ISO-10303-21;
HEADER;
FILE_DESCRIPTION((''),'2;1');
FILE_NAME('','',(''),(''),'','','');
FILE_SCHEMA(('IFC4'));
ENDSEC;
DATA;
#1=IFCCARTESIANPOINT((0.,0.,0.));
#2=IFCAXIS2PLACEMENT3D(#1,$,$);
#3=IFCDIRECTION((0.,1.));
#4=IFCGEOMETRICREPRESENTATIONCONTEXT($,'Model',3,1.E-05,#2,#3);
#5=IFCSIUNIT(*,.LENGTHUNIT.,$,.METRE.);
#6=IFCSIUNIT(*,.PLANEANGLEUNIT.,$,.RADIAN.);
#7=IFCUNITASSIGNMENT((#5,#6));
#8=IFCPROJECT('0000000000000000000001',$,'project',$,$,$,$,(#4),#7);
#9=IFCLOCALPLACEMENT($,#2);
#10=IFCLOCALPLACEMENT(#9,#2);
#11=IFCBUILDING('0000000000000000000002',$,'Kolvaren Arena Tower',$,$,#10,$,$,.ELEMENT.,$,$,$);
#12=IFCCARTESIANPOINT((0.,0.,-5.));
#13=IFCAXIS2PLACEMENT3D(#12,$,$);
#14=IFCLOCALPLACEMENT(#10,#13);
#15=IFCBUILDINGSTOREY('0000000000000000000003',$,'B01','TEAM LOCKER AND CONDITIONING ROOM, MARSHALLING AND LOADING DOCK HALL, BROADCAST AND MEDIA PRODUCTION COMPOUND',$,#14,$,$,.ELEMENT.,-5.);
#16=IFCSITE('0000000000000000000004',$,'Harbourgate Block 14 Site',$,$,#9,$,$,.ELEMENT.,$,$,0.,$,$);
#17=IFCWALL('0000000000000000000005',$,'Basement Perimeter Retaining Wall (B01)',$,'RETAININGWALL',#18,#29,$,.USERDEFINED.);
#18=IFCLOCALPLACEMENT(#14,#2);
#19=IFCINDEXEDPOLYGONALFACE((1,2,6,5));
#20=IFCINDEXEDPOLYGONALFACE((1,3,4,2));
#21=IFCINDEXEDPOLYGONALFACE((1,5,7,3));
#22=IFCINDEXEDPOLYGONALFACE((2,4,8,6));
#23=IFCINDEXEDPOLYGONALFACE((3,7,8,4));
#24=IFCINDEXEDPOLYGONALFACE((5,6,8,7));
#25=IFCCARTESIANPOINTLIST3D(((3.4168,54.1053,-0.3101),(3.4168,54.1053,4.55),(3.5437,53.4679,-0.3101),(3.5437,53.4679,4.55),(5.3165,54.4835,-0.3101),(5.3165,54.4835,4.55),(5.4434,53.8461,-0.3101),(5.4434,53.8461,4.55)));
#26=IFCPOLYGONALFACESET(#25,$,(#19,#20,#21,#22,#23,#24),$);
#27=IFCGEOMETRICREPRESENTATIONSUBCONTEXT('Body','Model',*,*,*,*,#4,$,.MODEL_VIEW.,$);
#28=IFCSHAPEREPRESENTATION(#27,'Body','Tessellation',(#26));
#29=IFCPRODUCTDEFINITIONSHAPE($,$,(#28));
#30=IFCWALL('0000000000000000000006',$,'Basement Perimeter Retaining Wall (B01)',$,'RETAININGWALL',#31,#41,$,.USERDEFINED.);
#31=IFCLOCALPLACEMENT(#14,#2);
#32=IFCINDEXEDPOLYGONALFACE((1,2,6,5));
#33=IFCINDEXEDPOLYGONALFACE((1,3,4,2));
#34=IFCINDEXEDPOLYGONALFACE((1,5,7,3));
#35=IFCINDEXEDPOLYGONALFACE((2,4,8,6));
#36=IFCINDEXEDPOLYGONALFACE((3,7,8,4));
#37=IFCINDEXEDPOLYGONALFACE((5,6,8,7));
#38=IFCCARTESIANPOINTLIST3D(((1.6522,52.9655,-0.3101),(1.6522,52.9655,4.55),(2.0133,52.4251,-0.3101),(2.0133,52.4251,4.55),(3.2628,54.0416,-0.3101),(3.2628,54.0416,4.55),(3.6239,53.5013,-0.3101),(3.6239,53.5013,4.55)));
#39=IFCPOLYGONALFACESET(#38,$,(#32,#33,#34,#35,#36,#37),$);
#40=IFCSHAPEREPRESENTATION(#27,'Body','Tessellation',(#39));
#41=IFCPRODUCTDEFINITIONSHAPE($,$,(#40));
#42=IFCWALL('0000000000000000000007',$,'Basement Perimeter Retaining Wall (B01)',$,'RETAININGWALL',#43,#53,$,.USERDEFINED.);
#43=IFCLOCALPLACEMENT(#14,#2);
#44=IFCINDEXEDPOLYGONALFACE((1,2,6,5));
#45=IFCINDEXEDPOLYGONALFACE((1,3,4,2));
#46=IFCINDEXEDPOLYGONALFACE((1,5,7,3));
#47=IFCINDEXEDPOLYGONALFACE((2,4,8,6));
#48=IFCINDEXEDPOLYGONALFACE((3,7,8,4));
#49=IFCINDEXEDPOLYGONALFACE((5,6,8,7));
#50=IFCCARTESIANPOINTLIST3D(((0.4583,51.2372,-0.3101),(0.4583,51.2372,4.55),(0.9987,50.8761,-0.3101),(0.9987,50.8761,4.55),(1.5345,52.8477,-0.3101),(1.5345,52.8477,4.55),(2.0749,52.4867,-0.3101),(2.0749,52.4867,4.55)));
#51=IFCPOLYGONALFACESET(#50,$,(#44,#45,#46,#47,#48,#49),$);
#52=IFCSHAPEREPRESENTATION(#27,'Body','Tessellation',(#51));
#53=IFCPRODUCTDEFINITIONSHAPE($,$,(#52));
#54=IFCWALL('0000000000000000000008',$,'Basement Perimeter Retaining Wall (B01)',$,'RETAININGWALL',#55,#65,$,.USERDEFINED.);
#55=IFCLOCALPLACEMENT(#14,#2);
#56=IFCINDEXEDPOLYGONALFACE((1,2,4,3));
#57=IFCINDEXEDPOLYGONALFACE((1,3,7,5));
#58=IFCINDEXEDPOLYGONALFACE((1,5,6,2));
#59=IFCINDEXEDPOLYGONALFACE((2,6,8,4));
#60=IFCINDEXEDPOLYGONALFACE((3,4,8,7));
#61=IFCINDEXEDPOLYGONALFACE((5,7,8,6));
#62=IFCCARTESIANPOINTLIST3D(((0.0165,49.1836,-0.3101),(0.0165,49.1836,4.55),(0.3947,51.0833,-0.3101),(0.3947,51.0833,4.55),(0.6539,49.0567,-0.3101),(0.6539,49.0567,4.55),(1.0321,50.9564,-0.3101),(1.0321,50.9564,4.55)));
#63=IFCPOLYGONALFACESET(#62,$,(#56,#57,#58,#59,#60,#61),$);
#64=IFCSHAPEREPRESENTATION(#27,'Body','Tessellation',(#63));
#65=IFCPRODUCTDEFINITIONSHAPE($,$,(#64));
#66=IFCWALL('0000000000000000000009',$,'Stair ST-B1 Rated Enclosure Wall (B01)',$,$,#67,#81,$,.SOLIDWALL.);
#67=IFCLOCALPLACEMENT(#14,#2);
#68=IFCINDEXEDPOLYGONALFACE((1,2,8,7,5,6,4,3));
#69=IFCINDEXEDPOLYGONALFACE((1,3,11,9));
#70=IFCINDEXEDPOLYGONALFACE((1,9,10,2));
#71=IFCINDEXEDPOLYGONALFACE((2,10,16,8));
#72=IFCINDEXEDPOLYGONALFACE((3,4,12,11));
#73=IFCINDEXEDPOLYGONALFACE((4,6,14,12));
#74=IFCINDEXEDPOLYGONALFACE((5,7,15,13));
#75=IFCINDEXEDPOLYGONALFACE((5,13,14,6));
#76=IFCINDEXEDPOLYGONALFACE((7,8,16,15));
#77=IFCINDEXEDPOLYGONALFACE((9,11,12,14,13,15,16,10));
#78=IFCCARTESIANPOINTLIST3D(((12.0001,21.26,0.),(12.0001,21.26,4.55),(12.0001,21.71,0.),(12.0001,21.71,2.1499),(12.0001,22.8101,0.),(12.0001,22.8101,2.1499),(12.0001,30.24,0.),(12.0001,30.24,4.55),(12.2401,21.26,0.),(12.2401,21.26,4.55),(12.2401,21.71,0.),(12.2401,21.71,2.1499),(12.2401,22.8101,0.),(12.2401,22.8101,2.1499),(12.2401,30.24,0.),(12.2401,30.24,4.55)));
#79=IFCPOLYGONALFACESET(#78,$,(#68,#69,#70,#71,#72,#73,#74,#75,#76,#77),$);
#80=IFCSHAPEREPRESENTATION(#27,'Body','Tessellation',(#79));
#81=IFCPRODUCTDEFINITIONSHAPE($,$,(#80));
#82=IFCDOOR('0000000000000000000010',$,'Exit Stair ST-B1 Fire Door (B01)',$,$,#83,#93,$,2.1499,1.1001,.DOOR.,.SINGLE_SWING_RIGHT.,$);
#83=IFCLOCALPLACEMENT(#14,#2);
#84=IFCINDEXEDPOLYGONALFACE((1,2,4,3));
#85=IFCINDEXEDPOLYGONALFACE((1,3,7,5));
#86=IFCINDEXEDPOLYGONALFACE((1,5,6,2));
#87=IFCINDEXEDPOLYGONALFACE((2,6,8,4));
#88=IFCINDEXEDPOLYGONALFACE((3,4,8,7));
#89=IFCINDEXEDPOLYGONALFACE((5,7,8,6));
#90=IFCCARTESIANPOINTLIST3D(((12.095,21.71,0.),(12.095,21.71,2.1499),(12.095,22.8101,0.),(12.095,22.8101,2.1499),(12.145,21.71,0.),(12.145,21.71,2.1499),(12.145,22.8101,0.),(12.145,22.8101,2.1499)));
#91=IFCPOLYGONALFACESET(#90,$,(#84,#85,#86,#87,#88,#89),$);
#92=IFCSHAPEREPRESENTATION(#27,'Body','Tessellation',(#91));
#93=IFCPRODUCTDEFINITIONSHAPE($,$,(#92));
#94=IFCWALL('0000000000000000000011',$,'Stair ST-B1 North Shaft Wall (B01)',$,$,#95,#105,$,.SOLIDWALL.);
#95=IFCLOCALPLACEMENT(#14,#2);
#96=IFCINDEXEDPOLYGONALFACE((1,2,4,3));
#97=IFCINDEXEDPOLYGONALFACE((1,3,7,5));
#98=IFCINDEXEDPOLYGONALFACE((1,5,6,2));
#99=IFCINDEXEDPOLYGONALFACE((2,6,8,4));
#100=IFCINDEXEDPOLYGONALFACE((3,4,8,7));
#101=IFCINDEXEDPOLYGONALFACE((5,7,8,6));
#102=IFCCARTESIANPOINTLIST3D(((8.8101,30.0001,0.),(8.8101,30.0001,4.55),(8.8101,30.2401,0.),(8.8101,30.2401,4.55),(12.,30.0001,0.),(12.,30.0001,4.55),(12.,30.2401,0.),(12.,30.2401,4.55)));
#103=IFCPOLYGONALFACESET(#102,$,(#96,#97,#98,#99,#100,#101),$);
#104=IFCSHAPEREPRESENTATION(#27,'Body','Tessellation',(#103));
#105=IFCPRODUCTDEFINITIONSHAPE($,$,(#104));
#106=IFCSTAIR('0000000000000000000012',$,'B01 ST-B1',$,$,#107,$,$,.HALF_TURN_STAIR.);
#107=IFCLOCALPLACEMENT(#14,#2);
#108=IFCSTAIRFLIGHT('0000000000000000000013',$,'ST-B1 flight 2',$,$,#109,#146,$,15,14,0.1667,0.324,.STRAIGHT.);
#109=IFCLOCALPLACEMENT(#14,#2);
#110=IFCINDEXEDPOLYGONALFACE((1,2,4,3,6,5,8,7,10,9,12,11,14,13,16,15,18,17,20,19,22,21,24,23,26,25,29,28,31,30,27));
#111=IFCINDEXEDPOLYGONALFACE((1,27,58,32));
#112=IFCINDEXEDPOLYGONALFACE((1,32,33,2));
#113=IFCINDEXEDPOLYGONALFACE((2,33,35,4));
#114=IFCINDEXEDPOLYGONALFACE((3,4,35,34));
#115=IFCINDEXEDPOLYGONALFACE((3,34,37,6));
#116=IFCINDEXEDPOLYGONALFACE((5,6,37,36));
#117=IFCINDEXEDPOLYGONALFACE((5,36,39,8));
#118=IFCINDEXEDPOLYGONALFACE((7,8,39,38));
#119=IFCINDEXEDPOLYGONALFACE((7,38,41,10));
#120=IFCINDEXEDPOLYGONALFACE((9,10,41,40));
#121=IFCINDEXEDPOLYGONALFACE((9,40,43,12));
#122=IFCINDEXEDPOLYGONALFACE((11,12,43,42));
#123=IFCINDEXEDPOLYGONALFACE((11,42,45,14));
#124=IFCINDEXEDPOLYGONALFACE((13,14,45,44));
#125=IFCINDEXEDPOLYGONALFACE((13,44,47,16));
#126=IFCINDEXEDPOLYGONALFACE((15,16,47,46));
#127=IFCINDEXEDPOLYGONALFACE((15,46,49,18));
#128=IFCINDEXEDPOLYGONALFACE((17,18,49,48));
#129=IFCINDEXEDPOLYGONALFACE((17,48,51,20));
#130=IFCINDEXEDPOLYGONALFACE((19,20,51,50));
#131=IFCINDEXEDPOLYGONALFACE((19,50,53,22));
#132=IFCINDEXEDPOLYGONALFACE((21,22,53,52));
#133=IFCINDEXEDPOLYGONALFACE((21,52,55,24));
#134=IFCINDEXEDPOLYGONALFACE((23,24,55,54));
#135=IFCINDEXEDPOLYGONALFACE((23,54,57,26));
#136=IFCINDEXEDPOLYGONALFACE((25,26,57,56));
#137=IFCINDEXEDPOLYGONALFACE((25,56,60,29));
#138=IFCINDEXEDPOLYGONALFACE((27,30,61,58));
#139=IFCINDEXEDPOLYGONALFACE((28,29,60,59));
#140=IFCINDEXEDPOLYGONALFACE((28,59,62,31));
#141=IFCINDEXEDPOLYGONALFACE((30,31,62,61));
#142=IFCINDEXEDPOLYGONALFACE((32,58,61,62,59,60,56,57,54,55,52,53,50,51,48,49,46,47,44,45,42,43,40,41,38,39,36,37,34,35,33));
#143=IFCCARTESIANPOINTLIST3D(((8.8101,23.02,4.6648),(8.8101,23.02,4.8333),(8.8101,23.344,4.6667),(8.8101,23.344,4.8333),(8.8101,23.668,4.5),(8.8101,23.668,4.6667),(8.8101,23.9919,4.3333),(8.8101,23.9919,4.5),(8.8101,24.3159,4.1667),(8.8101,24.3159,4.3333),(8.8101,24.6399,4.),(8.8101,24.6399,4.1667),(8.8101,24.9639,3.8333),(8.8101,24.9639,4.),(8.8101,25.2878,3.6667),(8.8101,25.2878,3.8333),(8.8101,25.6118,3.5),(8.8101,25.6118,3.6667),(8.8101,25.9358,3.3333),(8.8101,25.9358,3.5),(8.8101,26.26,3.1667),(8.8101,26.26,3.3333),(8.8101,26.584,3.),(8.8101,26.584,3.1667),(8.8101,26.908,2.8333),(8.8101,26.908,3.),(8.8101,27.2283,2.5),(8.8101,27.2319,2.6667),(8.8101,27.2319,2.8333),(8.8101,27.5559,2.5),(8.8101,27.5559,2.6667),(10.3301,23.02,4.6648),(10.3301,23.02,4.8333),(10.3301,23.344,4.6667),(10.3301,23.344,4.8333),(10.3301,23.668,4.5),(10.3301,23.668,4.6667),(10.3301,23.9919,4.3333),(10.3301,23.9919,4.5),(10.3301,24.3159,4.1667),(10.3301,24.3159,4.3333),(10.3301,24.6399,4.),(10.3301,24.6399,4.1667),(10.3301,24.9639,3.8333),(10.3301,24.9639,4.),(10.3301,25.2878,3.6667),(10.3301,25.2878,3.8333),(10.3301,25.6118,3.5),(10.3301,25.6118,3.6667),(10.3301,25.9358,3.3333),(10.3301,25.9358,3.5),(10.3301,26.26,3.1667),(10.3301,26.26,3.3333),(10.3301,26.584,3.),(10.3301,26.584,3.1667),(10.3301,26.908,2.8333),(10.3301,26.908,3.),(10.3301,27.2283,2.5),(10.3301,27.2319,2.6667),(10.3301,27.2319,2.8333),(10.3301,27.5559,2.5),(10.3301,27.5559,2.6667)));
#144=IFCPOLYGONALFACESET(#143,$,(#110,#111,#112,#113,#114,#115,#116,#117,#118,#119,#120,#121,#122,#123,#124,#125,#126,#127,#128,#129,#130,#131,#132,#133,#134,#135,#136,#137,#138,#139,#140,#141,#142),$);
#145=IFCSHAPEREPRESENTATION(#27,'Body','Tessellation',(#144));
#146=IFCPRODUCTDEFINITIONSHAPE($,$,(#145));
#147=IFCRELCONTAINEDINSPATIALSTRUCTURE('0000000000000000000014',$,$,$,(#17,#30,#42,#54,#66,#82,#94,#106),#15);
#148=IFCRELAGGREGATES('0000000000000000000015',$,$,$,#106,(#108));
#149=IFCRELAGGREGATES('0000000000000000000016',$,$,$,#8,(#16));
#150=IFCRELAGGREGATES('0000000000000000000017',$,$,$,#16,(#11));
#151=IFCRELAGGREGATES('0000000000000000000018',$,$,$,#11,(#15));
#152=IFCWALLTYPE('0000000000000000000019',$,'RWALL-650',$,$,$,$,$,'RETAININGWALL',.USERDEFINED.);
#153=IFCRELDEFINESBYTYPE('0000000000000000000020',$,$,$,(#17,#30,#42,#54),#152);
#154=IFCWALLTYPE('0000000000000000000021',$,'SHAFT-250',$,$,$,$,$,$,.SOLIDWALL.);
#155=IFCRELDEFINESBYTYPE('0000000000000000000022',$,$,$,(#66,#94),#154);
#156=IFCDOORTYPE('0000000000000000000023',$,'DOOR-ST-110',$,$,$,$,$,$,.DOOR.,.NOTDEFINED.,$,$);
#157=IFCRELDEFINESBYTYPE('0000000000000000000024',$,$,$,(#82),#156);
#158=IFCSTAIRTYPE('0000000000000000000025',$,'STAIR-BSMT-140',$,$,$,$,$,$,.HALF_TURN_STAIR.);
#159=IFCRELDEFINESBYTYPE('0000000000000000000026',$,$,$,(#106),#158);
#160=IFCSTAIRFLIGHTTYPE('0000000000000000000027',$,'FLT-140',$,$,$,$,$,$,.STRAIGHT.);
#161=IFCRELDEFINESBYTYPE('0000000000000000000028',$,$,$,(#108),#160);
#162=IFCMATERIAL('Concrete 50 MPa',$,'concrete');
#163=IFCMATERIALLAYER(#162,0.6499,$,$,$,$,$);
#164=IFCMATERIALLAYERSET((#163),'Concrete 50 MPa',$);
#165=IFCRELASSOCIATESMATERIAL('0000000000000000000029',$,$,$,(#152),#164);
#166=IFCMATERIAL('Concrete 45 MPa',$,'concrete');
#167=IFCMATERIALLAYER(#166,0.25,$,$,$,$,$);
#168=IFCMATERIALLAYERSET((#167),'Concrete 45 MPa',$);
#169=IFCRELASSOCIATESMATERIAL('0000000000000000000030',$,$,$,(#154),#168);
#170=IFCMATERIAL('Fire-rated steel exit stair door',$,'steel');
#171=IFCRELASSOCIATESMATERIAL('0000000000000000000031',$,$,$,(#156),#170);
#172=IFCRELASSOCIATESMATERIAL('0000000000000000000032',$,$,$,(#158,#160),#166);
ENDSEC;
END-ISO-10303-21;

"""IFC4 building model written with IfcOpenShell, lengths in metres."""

from ifc_helpers import new_model, si_unit, direction, frame, frame_2d, origin, place, context, subcontext, project, spatial, polyline, rectangle, outline, extrude, material, layer, layer_set, type_object, element, fill, aggregate, save


model = new_model("IFC4")

# Units and contexts
model_context = context("Model", 3, precision=1e-05, world=origin(), true_north=direction((0.0, 1.0)))
body_context = subcontext(model_context, "Body", "Model", "MODEL_VIEW")
ifc_project = project(units=[si_unit("LENGTHUNIT", "METRE"), si_unit("PLANEANGLEUNIT", "RADIAN")], contexts=[model_context])

# Site, building, storey
site_placement = place(None, origin())
site = spatial("IfcSite", under=ifc_project, at=site_placement, Name="Harbourgate Block 14 Site", CompositionType="ELEMENT", RefElevation=0.0)
building_placement = place(site_placement, origin())
building = spatial("IfcBuilding", under=site, at=building_placement, Name="Kolvaren Arena Tower", CompositionType="ELEMENT")
storey_placement = place(building_placement, frame((0.0, 0.0, -5.0)))
storey = spatial("IfcBuildingStorey", under=building, at=storey_placement, Name="B01", Description="TEAM LOCKER AND CONDITIONING ROOM, MARSHALLING AND LOADING DOCK HALL, BROADCAST AND MEDIA PRODUCTION COMPOUND", CompositionType="ELEMENT", Elevation=-5.0)

# Walls
ifc_material_1 = material(Name="Concrete 50 MPa", Category="concrete")
ifc_layer_1 = layer(ifc_material_1, 0.6499)
ifc_layer_set_1 = layer_set([ifc_layer_1], Name="Concrete 50 MPa")
wall_type_1 = type_object("IfcWallType", Name="RWALL-650", ElementType="RETAININGWALL", PredefinedType="USERDEFINED", material=ifc_layer_set_1)
for number, where, z_axis, x_axis, name in (
    (1, (3.4802, 53.7866, -0.3101), (0.0, 0.0, 1.0), (0.980755, 0.195243, 0.0), "Basement Perimeter Retaining Wall (B01)"),
    (2, (1.8328, 52.6953, -0.3101), (0.0, 0.0, 1.0), (0.831468, 0.555572, 0.0), "Basement Perimeter Retaining Wall (B01)"),
    (3, (0.7285, 51.0566, -0.3101), (0.0, 0.0, 1.0), (0.555572, 0.831468, 0.0), "Basement Perimeter Retaining Wall (B01)"),
    (4, (0.3352, 49.1201, -0.3101), (0.0, 0.0, 1.0), (0.195243, 0.980755, 0.0), "Basement Perimeter Retaining Wall (B01)"),
):
    element("IfcWall", number, at=place(storey_placement, frame(where, z_axis=z_axis, x_axis=x_axis)), inside=storey, type_object=wall_type_1, Name=name, ObjectType="RETAININGWALL", PredefinedType="USERDEFINED", context=body_context, shape_type="SweptSolid", body=[
        extrude(rectangle(XDim=1.937, YDim=0.6499, at=frame_2d((0.9685, 0.0))), origin(), (0.0, 0.0, 1.0), 4.8601),
    ])

# Wall, opening, door
ifc_material_2 = material(Name="Concrete 45 MPa", Category="concrete")
ifc_layer_2 = layer(ifc_material_2, 0.25)
ifc_layer_set_2 = layer_set([ifc_layer_2], Name="Concrete 45 MPa")
wall_type_2 = type_object("IfcWallType", Name="SHAFT-250", PredefinedType="SOLIDWALL", material=ifc_layer_set_2)
wall_1_placement = place(storey_placement, frame((12.1201, 30.24, 0.0), z_axis=(0.0, 0.0, 1.0), x_axis=(0.0, -1.0, 0.0)))
wall_1 = element("IfcWall", 5, at=wall_1_placement, inside=storey, type_object=wall_type_2, Name="Stair ST-B1 Rated Enclosure Wall (B01)", PredefinedType="SOLIDWALL", context=body_context, shape_type="SweptSolid", body=[
    extrude(rectangle(XDim=8.98, YDim=0.24, at=frame_2d((4.49, 0.0))), origin(), (0.0, 0.0, 1.0), 4.55),
])
opening_placement = place(wall_1_placement, frame((7.4299, 0.0, 0.0)))
opening = element("IfcOpeningElement", 6, at=opening_placement, cuts=wall_1, PredefinedType="OPENING", context=body_context, shape_type="SweptSolid", body=[
    extrude(rectangle(XDim=1.1001, YDim=2.1499, at=frame_2d((0.55, 1.075))), frame((0.0, 0.1299, 0.0), z_axis=(0.0, -1.0, 0.0), x_axis=(1.0, 0.0, 0.0)), (0.0, 0.0, 1.0), 0.26),
])
ifc_material_3 = material(Name="Fire-rated steel exit stair door", Category="steel")
door_type = type_object("IfcDoorType", Name="DOOR-ST-110", OperationType="NOTDEFINED", PredefinedType="DOOR", material=ifc_material_3)
door_placement = place(opening_placement, origin())
door = element("IfcDoor", 7, at=door_placement, inside=storey, type_object=door_type, Name="Exit Stair ST-B1 Fire Door (B01)", OperationType="SINGLE_SWING_RIGHT", OverallHeight=2.1499, OverallWidth=1.1001, PredefinedType="DOOR", context=body_context, shape_type="SweptSolid", body=[
    extrude(rectangle(XDim=1.1001, YDim=2.1499, at=frame_2d((0.55, 1.075))), frame((0.0, 0.0249, 0.0), z_axis=(0.0, -1.0, 0.0), x_axis=(1.0, 0.0, 0.0)), (0.0, 0.0, 1.0), 0.05),
])
fill(opening, door)

# Wall
wall_2_placement = place(storey_placement, frame((8.8101, 30.1201, 0.0), z_axis=(0.0, 0.0, 1.0), x_axis=(1.0, 0.0, 0.0)))
element("IfcWall", 8, at=wall_2_placement, inside=storey, type_object=wall_type_2, Name="Stair ST-B1 North Shaft Wall (B01)", PredefinedType="SOLIDWALL", context=body_context, shape_type="SweptSolid", body=[
    extrude(rectangle(XDim=3.1899, YDim=0.24, at=frame_2d((1.595, 0.0))), origin(), (0.0, 0.0, 1.0), 4.55),
])

# Stair, stair flight
stair_type = type_object("IfcStairType", Name="STAIR-BSMT-140", PredefinedType="HALF_TURN_STAIR", material=ifc_material_2)
stair_placement = place(storey_placement, origin())
stair = element("IfcStair", 9, at=stair_placement, inside=storey, type_object=stair_type, Name="B01 ST-B1", PredefinedType="HALF_TURN_STAIR")
stair_flight_type = type_object("IfcStairFlightType", Name="FLT-140", PredefinedType="STRAIGHT", material=ifc_material_2)
stair_flight_placement = place(storey_placement, frame((9.5701, 27.5559, 2.5), z_axis=(0.0, 0.0, 1.0), x_axis=(0.0, -1.0, 0.0)))
stair_flight = element("IfcStairFlight", 10, at=stair_flight_placement, type_object=stair_flight_type, Name="ST-B1 flight 2", NumberOfRisers=15, NumberOfTreads=14, PredefinedType="STRAIGHT", RiserHeight=0.1667, TreadLength=0.324, context=body_context, shape_type="SweptSolid", body=[
    extrude(outline(polyline([(0.0, 0.0), (0.0, 0.1667), (0.324, 0.1667), (0.324, 0.3333), (0.6479, 0.3333), (0.6479, 0.5), (0.9719, 0.5), (0.9719, 0.6667), (1.2959, 0.6667), (1.2959, 0.8333), (1.6201, 0.8333), (1.6201, 1.0), (1.9441, 1.0), (1.9441, 1.1667), (2.2681, 1.1667), (2.2681, 1.3333), (2.592, 1.3333), (2.592, 1.5), (2.916, 1.5), (2.916, 1.6667), (3.24, 1.6667), (3.24, 1.8333), (3.564, 1.8333), (3.564, 2.0), (3.8879, 2.0), (3.8879, 2.1667), (4.2119, 2.1667), (4.2119, 2.3333), (4.5359, 2.3333), (4.5359, 2.5), (4.5359, 2.1648), (0.3276, 0.0), (0.0, 0.0)])), frame((0.0, 0.76, 0.0), z_axis=(0.0, -1.0, 0.0), x_axis=(1.0, 0.0, 0.0)), (0.0, 0.0, 1.0), 1.52),
])
aggregate(stair, [stair_flight])

save(model, "model.ifc")
